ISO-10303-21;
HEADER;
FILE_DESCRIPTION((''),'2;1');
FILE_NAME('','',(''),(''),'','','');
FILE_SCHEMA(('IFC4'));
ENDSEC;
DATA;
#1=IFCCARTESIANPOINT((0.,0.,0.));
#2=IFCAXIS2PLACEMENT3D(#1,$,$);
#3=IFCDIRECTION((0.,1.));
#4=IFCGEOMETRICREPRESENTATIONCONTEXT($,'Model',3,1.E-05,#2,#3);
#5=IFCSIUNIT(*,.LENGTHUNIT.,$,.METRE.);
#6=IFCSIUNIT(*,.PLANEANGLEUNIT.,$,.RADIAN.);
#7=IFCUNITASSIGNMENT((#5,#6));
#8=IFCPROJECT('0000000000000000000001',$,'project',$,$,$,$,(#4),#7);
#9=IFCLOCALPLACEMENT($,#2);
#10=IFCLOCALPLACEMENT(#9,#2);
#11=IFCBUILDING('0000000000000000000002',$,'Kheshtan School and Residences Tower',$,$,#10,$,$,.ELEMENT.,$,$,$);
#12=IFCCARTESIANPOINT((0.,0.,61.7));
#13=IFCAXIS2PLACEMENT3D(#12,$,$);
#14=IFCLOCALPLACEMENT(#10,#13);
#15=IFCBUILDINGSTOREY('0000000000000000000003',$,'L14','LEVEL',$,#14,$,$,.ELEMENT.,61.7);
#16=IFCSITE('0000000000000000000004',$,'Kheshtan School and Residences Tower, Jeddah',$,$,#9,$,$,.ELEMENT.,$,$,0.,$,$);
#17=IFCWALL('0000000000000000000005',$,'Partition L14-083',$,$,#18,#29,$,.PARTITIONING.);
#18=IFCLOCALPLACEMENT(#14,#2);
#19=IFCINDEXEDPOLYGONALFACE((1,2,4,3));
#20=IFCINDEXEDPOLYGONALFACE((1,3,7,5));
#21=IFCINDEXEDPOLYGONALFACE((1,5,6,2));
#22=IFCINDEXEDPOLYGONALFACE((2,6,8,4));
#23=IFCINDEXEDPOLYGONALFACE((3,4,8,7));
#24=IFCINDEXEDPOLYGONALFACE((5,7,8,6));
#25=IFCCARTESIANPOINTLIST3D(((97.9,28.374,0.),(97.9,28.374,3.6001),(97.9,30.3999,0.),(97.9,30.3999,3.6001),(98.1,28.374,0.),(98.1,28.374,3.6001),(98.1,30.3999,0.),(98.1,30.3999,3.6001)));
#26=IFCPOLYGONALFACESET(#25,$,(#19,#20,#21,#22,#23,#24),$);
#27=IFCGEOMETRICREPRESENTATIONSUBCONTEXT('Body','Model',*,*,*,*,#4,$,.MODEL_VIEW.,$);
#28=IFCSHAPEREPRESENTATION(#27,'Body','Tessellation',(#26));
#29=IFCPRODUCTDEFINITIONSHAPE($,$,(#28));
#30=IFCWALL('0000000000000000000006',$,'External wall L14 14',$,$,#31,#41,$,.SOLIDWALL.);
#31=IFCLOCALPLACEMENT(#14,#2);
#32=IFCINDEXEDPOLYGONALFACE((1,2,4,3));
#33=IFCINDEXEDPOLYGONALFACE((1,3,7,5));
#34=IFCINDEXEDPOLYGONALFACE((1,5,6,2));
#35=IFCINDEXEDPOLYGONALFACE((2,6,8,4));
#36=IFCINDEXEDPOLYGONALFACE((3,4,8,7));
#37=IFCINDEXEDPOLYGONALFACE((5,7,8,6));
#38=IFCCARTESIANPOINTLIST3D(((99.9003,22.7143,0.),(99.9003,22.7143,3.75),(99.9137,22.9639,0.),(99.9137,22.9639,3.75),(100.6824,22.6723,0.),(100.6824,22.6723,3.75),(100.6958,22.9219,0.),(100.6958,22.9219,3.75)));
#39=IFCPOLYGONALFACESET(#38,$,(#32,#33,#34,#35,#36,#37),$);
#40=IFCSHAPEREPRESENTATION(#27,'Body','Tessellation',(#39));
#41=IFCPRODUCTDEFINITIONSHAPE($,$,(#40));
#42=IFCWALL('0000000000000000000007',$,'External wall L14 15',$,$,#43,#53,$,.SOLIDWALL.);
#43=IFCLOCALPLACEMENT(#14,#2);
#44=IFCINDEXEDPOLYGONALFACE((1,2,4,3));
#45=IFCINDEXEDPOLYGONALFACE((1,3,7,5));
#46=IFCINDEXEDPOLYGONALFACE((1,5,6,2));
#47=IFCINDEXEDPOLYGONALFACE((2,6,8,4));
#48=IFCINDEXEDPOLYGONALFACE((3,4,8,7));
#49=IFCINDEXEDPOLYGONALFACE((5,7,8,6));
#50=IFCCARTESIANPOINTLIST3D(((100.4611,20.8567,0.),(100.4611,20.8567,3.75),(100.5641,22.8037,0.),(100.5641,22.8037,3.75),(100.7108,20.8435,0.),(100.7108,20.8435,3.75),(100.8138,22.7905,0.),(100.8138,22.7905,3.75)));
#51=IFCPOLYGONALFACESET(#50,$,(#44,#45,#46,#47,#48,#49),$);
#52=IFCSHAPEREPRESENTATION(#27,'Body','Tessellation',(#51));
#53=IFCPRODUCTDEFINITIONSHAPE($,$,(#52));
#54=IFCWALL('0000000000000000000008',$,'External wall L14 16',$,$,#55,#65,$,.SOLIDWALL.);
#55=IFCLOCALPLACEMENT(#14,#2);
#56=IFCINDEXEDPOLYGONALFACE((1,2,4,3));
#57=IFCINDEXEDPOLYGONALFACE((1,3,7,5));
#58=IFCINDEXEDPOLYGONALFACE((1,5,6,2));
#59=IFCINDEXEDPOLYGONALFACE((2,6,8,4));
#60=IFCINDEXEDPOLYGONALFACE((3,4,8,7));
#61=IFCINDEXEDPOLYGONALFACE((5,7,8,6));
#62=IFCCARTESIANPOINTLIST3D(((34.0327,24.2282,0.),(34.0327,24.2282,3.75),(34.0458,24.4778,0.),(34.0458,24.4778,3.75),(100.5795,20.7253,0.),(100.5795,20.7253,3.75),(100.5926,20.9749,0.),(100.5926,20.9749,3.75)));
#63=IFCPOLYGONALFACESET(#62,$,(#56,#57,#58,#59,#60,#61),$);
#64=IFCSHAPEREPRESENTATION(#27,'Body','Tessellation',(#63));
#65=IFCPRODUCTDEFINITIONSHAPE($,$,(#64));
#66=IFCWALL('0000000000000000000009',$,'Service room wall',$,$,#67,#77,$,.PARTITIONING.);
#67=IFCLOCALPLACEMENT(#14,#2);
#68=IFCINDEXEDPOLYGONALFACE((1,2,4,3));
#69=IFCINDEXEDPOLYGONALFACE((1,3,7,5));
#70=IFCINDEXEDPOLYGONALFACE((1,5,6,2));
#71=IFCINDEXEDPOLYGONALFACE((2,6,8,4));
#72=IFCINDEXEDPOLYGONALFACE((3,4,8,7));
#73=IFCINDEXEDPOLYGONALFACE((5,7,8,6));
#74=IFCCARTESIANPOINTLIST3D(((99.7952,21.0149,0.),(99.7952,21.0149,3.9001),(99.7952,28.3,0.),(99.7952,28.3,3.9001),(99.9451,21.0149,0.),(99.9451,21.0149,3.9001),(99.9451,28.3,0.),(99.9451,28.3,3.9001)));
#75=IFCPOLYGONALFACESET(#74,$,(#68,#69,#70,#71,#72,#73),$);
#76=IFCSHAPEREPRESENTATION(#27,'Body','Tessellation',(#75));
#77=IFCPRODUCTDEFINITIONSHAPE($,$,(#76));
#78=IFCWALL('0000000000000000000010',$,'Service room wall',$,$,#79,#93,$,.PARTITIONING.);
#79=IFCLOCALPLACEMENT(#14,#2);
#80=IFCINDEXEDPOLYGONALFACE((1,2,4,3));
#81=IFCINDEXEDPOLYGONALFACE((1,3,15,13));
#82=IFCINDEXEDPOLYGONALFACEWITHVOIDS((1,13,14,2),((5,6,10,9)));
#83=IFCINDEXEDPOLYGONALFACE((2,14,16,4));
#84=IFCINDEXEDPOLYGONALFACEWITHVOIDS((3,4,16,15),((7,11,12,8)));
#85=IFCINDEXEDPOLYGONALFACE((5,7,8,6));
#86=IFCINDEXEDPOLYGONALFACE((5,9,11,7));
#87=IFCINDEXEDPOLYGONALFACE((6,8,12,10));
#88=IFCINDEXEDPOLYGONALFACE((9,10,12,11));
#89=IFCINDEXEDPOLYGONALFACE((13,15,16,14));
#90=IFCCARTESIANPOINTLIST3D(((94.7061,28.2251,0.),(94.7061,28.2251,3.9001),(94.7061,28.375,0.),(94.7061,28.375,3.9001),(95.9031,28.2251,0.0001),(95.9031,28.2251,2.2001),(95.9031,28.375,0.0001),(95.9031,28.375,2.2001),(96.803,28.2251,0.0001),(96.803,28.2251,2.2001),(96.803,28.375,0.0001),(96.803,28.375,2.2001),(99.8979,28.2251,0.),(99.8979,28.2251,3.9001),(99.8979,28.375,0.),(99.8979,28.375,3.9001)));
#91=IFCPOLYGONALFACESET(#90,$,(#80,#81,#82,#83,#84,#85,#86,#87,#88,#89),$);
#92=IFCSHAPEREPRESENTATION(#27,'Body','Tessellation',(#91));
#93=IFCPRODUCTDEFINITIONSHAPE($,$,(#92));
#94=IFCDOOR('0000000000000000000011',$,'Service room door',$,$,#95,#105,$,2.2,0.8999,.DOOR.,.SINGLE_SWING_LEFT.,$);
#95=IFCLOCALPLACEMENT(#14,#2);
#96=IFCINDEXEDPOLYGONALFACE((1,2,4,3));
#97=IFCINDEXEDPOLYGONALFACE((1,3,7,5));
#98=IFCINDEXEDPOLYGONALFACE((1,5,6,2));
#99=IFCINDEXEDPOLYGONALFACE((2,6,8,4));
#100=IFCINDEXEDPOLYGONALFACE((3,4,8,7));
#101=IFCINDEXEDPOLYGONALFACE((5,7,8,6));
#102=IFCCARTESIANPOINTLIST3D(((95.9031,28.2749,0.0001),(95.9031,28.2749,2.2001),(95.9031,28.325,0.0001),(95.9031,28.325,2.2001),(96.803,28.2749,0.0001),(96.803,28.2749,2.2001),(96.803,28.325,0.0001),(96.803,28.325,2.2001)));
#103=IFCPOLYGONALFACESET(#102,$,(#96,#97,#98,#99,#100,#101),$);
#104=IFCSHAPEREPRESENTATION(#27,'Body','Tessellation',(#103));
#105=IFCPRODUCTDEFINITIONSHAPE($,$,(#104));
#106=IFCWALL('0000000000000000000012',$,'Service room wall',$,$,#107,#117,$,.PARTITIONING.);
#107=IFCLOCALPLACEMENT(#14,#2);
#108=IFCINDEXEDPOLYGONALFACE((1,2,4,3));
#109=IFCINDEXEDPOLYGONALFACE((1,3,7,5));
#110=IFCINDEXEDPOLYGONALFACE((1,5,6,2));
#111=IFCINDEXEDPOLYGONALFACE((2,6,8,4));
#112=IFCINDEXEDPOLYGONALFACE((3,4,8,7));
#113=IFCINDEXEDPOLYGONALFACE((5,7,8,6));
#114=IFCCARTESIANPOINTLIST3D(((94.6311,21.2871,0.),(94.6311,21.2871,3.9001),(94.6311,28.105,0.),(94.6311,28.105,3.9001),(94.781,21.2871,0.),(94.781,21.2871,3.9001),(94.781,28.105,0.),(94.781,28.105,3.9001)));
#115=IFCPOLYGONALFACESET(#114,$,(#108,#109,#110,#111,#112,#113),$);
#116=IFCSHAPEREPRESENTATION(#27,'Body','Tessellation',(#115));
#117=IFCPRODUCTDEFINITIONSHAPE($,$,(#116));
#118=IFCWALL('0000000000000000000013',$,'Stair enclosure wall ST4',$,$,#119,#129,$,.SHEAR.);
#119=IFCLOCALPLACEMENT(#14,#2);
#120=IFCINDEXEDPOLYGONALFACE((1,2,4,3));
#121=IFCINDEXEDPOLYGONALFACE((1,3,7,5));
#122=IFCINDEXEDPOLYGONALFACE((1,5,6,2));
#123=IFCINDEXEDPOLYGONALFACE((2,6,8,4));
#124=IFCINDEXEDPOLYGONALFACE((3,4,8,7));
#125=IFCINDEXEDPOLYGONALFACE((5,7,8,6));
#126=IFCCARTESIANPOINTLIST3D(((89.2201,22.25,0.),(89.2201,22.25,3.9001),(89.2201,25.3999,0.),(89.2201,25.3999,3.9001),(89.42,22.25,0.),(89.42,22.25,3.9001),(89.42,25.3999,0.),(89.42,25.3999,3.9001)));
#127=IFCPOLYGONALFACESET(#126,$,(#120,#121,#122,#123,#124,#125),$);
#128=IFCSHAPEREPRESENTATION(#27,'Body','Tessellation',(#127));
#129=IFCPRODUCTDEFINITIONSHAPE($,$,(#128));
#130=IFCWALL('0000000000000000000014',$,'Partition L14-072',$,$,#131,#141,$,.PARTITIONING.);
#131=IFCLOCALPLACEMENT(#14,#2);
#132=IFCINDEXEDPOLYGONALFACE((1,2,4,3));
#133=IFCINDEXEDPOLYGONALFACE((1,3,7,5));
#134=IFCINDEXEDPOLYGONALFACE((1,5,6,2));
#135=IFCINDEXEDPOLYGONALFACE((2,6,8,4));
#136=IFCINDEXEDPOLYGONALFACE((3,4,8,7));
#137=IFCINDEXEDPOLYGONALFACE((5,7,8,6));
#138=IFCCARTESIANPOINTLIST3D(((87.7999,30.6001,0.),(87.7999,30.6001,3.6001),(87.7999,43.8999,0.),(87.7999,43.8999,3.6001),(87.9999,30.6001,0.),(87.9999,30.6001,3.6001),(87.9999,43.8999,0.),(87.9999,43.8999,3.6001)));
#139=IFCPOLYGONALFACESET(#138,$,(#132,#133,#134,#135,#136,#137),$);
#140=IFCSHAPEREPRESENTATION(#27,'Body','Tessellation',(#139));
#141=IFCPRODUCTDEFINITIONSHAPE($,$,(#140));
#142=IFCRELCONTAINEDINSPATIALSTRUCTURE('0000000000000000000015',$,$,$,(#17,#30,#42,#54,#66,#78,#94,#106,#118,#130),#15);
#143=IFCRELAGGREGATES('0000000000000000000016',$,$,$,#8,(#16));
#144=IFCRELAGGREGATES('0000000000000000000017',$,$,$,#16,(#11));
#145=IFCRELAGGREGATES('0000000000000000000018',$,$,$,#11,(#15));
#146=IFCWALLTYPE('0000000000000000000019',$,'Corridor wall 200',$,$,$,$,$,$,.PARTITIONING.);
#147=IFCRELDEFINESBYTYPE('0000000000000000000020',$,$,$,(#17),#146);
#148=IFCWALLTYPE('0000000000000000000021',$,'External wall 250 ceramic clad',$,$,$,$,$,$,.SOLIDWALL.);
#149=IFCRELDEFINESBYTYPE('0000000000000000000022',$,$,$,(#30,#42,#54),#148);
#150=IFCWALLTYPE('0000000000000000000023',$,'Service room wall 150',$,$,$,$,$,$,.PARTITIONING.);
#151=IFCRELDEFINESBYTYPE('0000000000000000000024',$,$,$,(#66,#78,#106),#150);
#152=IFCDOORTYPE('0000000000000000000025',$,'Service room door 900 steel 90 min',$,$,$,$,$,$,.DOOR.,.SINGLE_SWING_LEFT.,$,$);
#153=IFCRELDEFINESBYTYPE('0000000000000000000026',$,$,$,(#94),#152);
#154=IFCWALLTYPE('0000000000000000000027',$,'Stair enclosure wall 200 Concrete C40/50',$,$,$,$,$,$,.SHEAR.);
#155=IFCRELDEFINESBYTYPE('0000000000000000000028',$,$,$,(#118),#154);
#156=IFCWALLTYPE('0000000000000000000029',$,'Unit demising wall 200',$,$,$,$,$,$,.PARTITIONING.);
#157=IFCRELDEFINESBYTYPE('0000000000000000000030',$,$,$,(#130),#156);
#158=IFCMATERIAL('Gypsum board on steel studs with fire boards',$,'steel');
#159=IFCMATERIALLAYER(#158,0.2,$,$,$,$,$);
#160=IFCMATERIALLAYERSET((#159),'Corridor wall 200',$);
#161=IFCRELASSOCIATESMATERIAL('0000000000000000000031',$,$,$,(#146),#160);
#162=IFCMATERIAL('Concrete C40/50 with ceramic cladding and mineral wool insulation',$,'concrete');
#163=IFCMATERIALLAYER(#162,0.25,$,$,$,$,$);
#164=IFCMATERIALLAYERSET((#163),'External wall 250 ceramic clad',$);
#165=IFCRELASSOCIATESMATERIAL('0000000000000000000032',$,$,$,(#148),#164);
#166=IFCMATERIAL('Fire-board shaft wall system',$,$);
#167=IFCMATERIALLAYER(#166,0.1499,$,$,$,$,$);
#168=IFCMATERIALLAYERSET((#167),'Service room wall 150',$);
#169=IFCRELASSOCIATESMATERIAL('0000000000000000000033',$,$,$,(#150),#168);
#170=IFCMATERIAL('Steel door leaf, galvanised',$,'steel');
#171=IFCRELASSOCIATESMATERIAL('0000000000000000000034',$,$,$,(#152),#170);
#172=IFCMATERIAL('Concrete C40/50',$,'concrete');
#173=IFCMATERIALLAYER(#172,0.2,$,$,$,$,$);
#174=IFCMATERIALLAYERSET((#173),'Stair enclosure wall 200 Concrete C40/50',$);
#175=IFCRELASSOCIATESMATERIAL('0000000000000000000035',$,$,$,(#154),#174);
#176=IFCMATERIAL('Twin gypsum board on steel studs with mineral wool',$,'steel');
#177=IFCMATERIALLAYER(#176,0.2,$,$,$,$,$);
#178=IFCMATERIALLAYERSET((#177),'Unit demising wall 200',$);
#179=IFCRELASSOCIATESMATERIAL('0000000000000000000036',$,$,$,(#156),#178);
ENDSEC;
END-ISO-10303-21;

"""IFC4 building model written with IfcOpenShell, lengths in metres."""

from ifc_helpers import new_model, si_unit, direction, frame, frame_2d, origin, place, context, subcontext, project, spatial, rectangle, extrude, source, transform, mapped, material, layer, layer_set, type_object, element, fill, save


model = new_model("IFC4")

# Units and contexts
model_context = context("Model", 3, precision=1e-05, world=origin(), true_north=direction((0.0, 1.0)))
body_context = subcontext(model_context, "Body", "Model", "MODEL_VIEW")
ifc_project = project(units=[si_unit("LENGTHUNIT", "METRE"), si_unit("PLANEANGLEUNIT", "RADIAN")], contexts=[model_context])

# Site, building, storey
site_placement = place(None, origin())
site = spatial("IfcSite", under=ifc_project, at=site_placement, Name="Kheshtan School and Residences Tower, Jeddah", CompositionType="ELEMENT", RefElevation=0.0)
building_placement = place(site_placement, origin())
building = spatial("IfcBuilding", under=site, at=building_placement, Name="Kheshtan School and Residences Tower", CompositionType="ELEMENT")
storey_placement = place(building_placement, frame((0.0, 0.0, 61.7)))
storey = spatial("IfcBuildingStorey", under=building, at=storey_placement, Name="L14", Description="LEVEL", CompositionType="ELEMENT", Elevation=61.7)

# Walls
ifc_material_1 = material(Name="Gypsum board on steel studs with fire boards", Category="steel")
ifc_layer_1 = layer(ifc_material_1, 0.2)
ifc_layer_set_1 = layer_set([ifc_layer_1], Name="Corridor wall 200")
wall_type_1 = type_object("IfcWallType", Name="Corridor wall 200", PredefinedType="PARTITIONING", material=ifc_layer_set_1)
wall_1_placement = place(storey_placement, frame((98.0, 28.374, 0.0), z_axis=(0.0, 0.0, 1.0), x_axis=(0.0, 1.0, 0.0)))
element("IfcWall", 1, at=wall_1_placement, inside=storey, type_object=wall_type_1, Name="Partition L14-083", PredefinedType="PARTITIONING", context=body_context, shape_type="SweptSolid", body=[
    extrude(rectangle(XDim=2.0259, YDim=0.2, at=frame_2d((1.0129, 0.0))), origin(), (0.0, 0.0, 1.0), 3.6001),
])
ifc_material_2 = material(Name="Concrete C40/50 with ceramic cladding and mineral wool insulation", Category="concrete")
ifc_layer_2 = layer(ifc_material_2, 0.25)
ifc_layer_set_2 = layer_set([ifc_layer_2], Name="External wall 250 ceramic clad")
wall_type_2 = type_object("IfcWallType", Name="External wall 250 ceramic clad", PredefinedType="SOLIDWALL", material=ifc_layer_set_2)
wall_2_placement = place(storey_placement, frame((99.907, 22.8391, 0.0), z_axis=(0.0, 0.0, 1.0), x_axis=(0.998561, -0.053622, 0.0)))
element("IfcWall", 2, at=wall_2_placement, inside=storey, type_object=wall_type_2, Name="External wall L14 14", PredefinedType="SOLIDWALL", context=body_context, shape_type="SweptSolid", body=[
    extrude(rectangle(XDim=0.7832, YDim=0.25, at=frame_2d((0.3916, 0.0))), origin(), (0.0, 0.0, 1.0), 3.75),
])
wall_3_placement = place(storey_placement, frame((100.689, 22.7971, 0.0), z_axis=(0.0, 0.0, 1.0), x_axis=(-0.052841, -0.998603, 0.0)))
element("IfcWall", 3, at=wall_3_placement, inside=storey, type_object=wall_type_2, Name="External wall L14 15", PredefinedType="SOLIDWALL", context=body_context, shape_type="SweptSolid", body=[
    extrude(rectangle(XDim=1.9497, YDim=0.25, at=frame_2d((0.9749, 0.0))), origin(), (0.0, 0.0, 1.0), 3.75),
])
wall_4_placement = place(storey_placement, frame((100.5859, 20.8501, 0.0), z_axis=(0.0, 0.0, 1.0), x_axis=(-0.998617, 0.052566, 0.0)))
element("IfcWall", 4, at=wall_4_placement, inside=storey, type_object=wall_type_2, Name="External wall L14 16", PredefinedType="SOLIDWALL", context=body_context, shape_type="SweptSolid", body=[
    extrude(rectangle(XDim=66.6389, YDim=0.25, at=frame_2d((33.3193, 0.0))), origin(), (0.0, 0.0, 1.0), 3.75),
])

# Wall
ifc_material_3 = material(Name="Fire-board shaft wall system")
ifc_layer_3 = layer(ifc_material_3, 0.1499)
ifc_layer_set_3 = layer_set([ifc_layer_3], Name="Service room wall 150")
wall_type_3 = type_object("IfcWallType", Name="Service room wall 150", PredefinedType="PARTITIONING", material=ifc_layer_set_3)
wall_5_placement = place(storey_placement, frame((99.8701, 21.0149, 0.0), z_axis=(0.0, 0.0, 1.0), x_axis=(0.0, 1.0, 0.0)))
element("IfcWall", 5, at=wall_5_placement, inside=storey, type_object=wall_type_3, Name="Service room wall", PredefinedType="PARTITIONING", context=body_context, shape_type="SweptSolid", body=[
    extrude(rectangle(XDim=7.2852, YDim=0.1499, at=frame_2d((3.6426, 0.0))), origin(), (0.0, 0.0, 1.0), 3.9001),
])

# Wall, opening, door
wall_6_placement = place(storey_placement, frame((94.7061, 28.3, 0.0), z_axis=(0.0, 0.0, 1.0), x_axis=(1.0, 0.0, 0.0)))
wall_6 = element("IfcWall", 6, at=wall_6_placement, inside=storey, type_object=wall_type_3, Name="Service room wall", PredefinedType="PARTITIONING", context=body_context, shape_type="SweptSolid", body=[
    extrude(rectangle(XDim=5.1919, YDim=0.1499, at=frame_2d((2.5959, 0.0))), origin(), (0.0, 0.0, 1.0), 3.9001),
])
opening_1_placement = place(wall_6_placement, frame((1.197, 0.0, 0.0)))
opening_1 = element("IfcOpeningElement", 7, at=opening_1_placement, cuts=wall_6, PredefinedType="OPENING", context=body_context, shape_type="SweptSolid", body=[
    extrude(rectangle(XDim=0.8999, YDim=2.2, at=frame_2d((0.45, 1.1001))), frame((0.0, 0.085, 0.0), z_axis=(0.0, -1.0, 0.0), x_axis=(1.0, 0.0, 0.0)), (0.0, 0.0, 1.0), 0.1699),
])
ifc_material_4 = material(Name="Steel door leaf, galvanised", Category="steel")
door_type_1 = type_object("IfcDoorType", Name="Service room door 900 steel 90 min", OperationType="SINGLE_SWING_LEFT", PredefinedType="DOOR", material=ifc_material_4)
shared_shape_1 = source(origin(), body_context, "Body", "SweptSolid", [
    extrude(rectangle(XDim=0.8999, YDim=2.2, at=frame_2d((0.45, 1.1001))), frame((0.0, 0.0249, 0.0), z_axis=(0.0, -1.0, 0.0), x_axis=(1.0, 0.0, 0.0)), (0.0, 0.0, 1.0), 0.05),
])
door_1_placement = place(opening_1_placement, origin())
door_1 = element("IfcDoor", 8, at=door_1_placement, inside=storey, type_object=door_type_1, Name="Service room door", OperationType="SINGLE_SWING_LEFT", OverallHeight=2.2, OverallWidth=0.8999, PredefinedType="DOOR", context=body_context, shape_type="MappedRepresentation", body=[
    mapped(shared_shape_1, transform((0.0, 0.0, 0.0), x_axis=(1.0, 0.0, 0.0), y_axis=(0.0, 1.0, 0.0), z_axis=(0.0, 0.0, 1.0), scale=1.0)),
])
fill(opening_1, door_1)

# Walls
wall_7_placement = place(storey_placement, frame((94.7061, 21.2871, 0.0), z_axis=(0.0, 0.0, 1.0), x_axis=(0.0, 1.0, 0.0)))
element("IfcWall", 9, at=wall_7_placement, inside=storey, type_object=wall_type_3, Name="Service room wall", PredefinedType="PARTITIONING", context=body_context, shape_type="SweptSolid", body=[
    extrude(rectangle(XDim=6.8179, YDim=0.1499, at=frame_2d((3.4089, 0.0))), origin(), (0.0, 0.0, 1.0), 3.9001),
])
ifc_material_5 = material(Name="Concrete C40/50", Category="concrete")
ifc_layer_4 = layer(ifc_material_5, 0.2)
ifc_layer_set_4 = layer_set([ifc_layer_4], Name="Stair enclosure wall 200 Concrete C40/50")
wall_type_4 = type_object("IfcWallType", Name="Stair enclosure wall 200 Concrete C40/50", PredefinedType="SHEAR", material=ifc_layer_set_4)
wall_8_placement = place(storey_placement, frame((89.3201, 22.25, 0.0), z_axis=(0.0, 0.0, 1.0), x_axis=(0.0, 1.0, 0.0)))
element("IfcWall", 10, at=wall_8_placement, inside=storey, type_object=wall_type_4, Name="Stair enclosure wall ST4", PredefinedType="SHEAR", context=body_context, shape_type="SweptSolid", body=[
    extrude(rectangle(XDim=3.1499, YDim=0.2, at=frame_2d((1.575, 0.0))), origin(), (0.0, 0.0, 1.0), 3.9001),
])
ifc_material_6 = material(Name="Twin gypsum board on steel studs with mineral wool", Category="steel")
ifc_layer_5 = layer(ifc_material_6, 0.2)
ifc_layer_set_5 = layer_set([ifc_layer_5], Name="Unit demising wall 200")
wall_type_5 = type_object("IfcWallType", Name="Unit demising wall 200", PredefinedType="PARTITIONING", material=ifc_layer_set_5)
wall_9_placement = place(storey_placement, frame((87.8999, 30.6001, 0.0), z_axis=(0.0, 0.0, 1.0), x_axis=(0.0, 1.0, 0.0)))
element("IfcWall", 11, at=wall_9_placement, inside=storey, type_object=wall_type_5, Name="Partition L14-072", PredefinedType="PARTITIONING", context=body_context, shape_type="SweptSolid", body=[
    extrude(rectangle(XDim=13.2998, YDim=0.2, at=frame_2d((6.6499, 0.0))), origin(), (0.0, 0.0, 1.0), 3.6001),
])

save(model, "model.ifc")
